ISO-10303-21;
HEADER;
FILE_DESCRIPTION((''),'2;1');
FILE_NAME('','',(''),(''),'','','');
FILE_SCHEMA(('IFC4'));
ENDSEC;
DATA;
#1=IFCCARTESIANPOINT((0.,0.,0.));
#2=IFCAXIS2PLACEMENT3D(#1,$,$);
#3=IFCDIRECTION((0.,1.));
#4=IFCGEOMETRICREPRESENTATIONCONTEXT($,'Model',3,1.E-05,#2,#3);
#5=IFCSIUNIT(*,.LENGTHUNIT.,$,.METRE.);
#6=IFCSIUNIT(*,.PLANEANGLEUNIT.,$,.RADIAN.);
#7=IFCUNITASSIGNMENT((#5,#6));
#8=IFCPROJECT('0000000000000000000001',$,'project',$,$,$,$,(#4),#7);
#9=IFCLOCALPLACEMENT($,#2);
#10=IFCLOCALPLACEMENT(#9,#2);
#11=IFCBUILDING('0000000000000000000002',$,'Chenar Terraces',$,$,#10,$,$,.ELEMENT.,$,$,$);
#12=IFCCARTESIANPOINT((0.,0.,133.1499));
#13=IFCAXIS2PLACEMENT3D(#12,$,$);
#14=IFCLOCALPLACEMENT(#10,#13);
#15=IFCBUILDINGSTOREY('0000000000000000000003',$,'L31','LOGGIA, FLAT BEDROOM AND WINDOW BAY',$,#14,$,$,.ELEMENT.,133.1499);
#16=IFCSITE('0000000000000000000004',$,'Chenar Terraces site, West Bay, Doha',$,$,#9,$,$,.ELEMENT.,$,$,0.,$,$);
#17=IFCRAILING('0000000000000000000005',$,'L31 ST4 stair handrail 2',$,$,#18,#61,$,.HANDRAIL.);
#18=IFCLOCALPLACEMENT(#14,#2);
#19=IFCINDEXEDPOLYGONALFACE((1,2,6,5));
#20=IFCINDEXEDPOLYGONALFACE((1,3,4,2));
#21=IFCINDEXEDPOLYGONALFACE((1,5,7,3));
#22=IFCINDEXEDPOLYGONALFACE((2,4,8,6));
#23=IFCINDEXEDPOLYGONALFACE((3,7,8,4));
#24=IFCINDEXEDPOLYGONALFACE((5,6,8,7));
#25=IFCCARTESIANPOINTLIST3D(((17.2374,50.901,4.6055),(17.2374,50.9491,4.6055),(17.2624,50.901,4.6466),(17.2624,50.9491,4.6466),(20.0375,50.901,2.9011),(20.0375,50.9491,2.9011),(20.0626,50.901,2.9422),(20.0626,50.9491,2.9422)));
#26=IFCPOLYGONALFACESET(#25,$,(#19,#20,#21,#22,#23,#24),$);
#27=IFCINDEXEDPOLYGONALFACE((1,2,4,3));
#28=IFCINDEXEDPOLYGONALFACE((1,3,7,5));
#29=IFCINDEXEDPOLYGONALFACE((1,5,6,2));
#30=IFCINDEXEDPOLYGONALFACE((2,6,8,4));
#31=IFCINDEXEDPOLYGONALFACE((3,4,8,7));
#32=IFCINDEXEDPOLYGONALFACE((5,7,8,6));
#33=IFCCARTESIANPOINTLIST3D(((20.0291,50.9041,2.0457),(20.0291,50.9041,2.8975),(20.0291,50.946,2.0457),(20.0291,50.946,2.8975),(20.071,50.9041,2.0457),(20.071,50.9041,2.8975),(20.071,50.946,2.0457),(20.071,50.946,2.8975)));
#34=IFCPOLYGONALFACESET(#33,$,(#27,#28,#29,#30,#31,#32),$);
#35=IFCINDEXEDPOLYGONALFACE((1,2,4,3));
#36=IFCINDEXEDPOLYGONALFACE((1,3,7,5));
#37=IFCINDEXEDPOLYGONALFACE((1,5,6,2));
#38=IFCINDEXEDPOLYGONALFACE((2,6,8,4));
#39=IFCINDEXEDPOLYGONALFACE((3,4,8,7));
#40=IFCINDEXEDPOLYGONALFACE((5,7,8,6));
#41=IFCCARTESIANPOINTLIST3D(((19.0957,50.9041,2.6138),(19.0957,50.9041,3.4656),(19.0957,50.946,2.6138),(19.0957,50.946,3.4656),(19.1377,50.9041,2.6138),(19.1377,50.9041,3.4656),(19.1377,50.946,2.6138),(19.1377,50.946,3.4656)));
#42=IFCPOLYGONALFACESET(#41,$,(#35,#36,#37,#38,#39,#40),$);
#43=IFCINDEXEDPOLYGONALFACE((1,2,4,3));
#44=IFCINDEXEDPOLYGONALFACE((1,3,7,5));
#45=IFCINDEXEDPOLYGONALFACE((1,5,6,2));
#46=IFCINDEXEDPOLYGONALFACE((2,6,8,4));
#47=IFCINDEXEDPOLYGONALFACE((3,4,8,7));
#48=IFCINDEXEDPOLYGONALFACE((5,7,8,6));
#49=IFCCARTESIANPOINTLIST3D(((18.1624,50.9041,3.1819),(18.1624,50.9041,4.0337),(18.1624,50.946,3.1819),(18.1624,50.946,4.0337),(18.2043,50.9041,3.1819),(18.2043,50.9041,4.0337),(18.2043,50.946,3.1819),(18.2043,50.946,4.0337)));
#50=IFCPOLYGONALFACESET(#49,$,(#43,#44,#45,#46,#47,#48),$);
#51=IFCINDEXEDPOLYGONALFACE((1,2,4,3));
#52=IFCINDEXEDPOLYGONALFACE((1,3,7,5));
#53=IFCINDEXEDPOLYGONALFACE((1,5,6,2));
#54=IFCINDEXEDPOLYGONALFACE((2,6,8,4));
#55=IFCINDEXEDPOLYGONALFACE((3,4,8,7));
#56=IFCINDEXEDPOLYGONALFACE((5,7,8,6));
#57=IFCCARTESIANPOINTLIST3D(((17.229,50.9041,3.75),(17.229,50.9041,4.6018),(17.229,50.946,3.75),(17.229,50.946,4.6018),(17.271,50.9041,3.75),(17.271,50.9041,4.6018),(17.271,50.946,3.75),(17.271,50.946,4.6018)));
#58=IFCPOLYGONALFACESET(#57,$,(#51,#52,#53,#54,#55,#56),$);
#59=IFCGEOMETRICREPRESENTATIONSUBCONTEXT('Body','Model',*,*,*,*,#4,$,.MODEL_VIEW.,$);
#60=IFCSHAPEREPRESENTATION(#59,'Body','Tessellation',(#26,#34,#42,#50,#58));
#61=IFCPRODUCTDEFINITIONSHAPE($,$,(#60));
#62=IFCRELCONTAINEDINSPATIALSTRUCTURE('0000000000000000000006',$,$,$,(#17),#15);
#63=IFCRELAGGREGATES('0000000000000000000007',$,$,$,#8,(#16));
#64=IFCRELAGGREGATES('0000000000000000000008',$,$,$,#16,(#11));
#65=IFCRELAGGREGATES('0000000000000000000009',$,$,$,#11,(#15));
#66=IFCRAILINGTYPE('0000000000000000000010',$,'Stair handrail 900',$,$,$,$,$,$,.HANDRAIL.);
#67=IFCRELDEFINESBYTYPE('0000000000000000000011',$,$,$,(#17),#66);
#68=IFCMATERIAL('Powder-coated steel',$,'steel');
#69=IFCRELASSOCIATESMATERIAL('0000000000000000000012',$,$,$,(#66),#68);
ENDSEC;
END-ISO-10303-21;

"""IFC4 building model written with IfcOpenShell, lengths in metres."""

from ifc_helpers import new_model, si_unit, direction, frame, origin, origin_2d, place, context, subcontext, project, spatial, rectangle, extrude, material, type_object, element, save


model = new_model("IFC4")

# Units and contexts
model_context = context("Model", 3, precision=1e-05, world=origin(), true_north=direction((0.0, 1.0)))
body_context = subcontext(model_context, "Body", "Model", "MODEL_VIEW")
ifc_project = project(units=[si_unit("LENGTHUNIT", "METRE"), si_unit("PLANEANGLEUNIT", "RADIAN")], contexts=[model_context])

# Site, building, storey
site_placement = place(None, origin())
site = spatial("IfcSite", under=ifc_project, at=site_placement, Name="Chenar Terraces site, West Bay, Doha", CompositionType="ELEMENT", RefElevation=0.0)
building_placement = place(site_placement, origin())
building = spatial("IfcBuilding", under=site, at=building_placement, Name="Chenar Terraces", CompositionType="ELEMENT")
storey_placement = place(building_placement, frame((0.0, 0.0, 133.1499)))
storey = spatial("IfcBuildingStorey", under=building, at=storey_placement, Name="L31", Description="LOGGIA, FLAT BEDROOM AND WINDOW BAY", CompositionType="ELEMENT", Elevation=133.1499)

# Railing
ifc_material_1 = material(Name="Powder-coated steel", Category="steel")
railing_type_1 = type_object("IfcRailingType", Name="Stair handrail 900", PredefinedType="HANDRAIL", material=ifc_material_1)
railing_1_placement = place(storey_placement, frame((20.05, 50.925, 2.0457)))
element("IfcRailing", 1, at=railing_1_placement, inside=storey, type_object=railing_type_1, Name="L31 ST4 stair handrail 2", PredefinedType="HANDRAIL", context=body_context, shape_type="SweptSolid", body=[
    extrude(rectangle(XDim=0.0481, YDim=0.0481, at=origin_2d()), frame((0.0, 0.0, 0.876), z_axis=(-0.854203, 0.0, 0.51994), x_axis=(0.0, -1.0, 0.0)), (0.0, 0.0, 1.0), 3.2781),
    extrude(rectangle(XDim=0.042, YDim=0.042, at=origin_2d()), origin(), (0.0, 0.0, 1.0), 0.8518),
    extrude(rectangle(XDim=0.042, YDim=0.042, at=origin_2d()), frame((-0.9333, 0.0, 0.5681)), (0.0, 0.0, 1.0), 0.8518),
    extrude(rectangle(XDim=0.042, YDim=0.042, at=origin_2d()), frame((-1.8667, 0.0, 1.1362)), (0.0, 0.0, 1.0), 0.8518),
    extrude(rectangle(XDim=0.042, YDim=0.042, at=origin_2d()), frame((-2.8, 0.0, 1.7043)), (0.0, 0.0, 1.0), 0.8518),
])

save(model, "model.ifc")
